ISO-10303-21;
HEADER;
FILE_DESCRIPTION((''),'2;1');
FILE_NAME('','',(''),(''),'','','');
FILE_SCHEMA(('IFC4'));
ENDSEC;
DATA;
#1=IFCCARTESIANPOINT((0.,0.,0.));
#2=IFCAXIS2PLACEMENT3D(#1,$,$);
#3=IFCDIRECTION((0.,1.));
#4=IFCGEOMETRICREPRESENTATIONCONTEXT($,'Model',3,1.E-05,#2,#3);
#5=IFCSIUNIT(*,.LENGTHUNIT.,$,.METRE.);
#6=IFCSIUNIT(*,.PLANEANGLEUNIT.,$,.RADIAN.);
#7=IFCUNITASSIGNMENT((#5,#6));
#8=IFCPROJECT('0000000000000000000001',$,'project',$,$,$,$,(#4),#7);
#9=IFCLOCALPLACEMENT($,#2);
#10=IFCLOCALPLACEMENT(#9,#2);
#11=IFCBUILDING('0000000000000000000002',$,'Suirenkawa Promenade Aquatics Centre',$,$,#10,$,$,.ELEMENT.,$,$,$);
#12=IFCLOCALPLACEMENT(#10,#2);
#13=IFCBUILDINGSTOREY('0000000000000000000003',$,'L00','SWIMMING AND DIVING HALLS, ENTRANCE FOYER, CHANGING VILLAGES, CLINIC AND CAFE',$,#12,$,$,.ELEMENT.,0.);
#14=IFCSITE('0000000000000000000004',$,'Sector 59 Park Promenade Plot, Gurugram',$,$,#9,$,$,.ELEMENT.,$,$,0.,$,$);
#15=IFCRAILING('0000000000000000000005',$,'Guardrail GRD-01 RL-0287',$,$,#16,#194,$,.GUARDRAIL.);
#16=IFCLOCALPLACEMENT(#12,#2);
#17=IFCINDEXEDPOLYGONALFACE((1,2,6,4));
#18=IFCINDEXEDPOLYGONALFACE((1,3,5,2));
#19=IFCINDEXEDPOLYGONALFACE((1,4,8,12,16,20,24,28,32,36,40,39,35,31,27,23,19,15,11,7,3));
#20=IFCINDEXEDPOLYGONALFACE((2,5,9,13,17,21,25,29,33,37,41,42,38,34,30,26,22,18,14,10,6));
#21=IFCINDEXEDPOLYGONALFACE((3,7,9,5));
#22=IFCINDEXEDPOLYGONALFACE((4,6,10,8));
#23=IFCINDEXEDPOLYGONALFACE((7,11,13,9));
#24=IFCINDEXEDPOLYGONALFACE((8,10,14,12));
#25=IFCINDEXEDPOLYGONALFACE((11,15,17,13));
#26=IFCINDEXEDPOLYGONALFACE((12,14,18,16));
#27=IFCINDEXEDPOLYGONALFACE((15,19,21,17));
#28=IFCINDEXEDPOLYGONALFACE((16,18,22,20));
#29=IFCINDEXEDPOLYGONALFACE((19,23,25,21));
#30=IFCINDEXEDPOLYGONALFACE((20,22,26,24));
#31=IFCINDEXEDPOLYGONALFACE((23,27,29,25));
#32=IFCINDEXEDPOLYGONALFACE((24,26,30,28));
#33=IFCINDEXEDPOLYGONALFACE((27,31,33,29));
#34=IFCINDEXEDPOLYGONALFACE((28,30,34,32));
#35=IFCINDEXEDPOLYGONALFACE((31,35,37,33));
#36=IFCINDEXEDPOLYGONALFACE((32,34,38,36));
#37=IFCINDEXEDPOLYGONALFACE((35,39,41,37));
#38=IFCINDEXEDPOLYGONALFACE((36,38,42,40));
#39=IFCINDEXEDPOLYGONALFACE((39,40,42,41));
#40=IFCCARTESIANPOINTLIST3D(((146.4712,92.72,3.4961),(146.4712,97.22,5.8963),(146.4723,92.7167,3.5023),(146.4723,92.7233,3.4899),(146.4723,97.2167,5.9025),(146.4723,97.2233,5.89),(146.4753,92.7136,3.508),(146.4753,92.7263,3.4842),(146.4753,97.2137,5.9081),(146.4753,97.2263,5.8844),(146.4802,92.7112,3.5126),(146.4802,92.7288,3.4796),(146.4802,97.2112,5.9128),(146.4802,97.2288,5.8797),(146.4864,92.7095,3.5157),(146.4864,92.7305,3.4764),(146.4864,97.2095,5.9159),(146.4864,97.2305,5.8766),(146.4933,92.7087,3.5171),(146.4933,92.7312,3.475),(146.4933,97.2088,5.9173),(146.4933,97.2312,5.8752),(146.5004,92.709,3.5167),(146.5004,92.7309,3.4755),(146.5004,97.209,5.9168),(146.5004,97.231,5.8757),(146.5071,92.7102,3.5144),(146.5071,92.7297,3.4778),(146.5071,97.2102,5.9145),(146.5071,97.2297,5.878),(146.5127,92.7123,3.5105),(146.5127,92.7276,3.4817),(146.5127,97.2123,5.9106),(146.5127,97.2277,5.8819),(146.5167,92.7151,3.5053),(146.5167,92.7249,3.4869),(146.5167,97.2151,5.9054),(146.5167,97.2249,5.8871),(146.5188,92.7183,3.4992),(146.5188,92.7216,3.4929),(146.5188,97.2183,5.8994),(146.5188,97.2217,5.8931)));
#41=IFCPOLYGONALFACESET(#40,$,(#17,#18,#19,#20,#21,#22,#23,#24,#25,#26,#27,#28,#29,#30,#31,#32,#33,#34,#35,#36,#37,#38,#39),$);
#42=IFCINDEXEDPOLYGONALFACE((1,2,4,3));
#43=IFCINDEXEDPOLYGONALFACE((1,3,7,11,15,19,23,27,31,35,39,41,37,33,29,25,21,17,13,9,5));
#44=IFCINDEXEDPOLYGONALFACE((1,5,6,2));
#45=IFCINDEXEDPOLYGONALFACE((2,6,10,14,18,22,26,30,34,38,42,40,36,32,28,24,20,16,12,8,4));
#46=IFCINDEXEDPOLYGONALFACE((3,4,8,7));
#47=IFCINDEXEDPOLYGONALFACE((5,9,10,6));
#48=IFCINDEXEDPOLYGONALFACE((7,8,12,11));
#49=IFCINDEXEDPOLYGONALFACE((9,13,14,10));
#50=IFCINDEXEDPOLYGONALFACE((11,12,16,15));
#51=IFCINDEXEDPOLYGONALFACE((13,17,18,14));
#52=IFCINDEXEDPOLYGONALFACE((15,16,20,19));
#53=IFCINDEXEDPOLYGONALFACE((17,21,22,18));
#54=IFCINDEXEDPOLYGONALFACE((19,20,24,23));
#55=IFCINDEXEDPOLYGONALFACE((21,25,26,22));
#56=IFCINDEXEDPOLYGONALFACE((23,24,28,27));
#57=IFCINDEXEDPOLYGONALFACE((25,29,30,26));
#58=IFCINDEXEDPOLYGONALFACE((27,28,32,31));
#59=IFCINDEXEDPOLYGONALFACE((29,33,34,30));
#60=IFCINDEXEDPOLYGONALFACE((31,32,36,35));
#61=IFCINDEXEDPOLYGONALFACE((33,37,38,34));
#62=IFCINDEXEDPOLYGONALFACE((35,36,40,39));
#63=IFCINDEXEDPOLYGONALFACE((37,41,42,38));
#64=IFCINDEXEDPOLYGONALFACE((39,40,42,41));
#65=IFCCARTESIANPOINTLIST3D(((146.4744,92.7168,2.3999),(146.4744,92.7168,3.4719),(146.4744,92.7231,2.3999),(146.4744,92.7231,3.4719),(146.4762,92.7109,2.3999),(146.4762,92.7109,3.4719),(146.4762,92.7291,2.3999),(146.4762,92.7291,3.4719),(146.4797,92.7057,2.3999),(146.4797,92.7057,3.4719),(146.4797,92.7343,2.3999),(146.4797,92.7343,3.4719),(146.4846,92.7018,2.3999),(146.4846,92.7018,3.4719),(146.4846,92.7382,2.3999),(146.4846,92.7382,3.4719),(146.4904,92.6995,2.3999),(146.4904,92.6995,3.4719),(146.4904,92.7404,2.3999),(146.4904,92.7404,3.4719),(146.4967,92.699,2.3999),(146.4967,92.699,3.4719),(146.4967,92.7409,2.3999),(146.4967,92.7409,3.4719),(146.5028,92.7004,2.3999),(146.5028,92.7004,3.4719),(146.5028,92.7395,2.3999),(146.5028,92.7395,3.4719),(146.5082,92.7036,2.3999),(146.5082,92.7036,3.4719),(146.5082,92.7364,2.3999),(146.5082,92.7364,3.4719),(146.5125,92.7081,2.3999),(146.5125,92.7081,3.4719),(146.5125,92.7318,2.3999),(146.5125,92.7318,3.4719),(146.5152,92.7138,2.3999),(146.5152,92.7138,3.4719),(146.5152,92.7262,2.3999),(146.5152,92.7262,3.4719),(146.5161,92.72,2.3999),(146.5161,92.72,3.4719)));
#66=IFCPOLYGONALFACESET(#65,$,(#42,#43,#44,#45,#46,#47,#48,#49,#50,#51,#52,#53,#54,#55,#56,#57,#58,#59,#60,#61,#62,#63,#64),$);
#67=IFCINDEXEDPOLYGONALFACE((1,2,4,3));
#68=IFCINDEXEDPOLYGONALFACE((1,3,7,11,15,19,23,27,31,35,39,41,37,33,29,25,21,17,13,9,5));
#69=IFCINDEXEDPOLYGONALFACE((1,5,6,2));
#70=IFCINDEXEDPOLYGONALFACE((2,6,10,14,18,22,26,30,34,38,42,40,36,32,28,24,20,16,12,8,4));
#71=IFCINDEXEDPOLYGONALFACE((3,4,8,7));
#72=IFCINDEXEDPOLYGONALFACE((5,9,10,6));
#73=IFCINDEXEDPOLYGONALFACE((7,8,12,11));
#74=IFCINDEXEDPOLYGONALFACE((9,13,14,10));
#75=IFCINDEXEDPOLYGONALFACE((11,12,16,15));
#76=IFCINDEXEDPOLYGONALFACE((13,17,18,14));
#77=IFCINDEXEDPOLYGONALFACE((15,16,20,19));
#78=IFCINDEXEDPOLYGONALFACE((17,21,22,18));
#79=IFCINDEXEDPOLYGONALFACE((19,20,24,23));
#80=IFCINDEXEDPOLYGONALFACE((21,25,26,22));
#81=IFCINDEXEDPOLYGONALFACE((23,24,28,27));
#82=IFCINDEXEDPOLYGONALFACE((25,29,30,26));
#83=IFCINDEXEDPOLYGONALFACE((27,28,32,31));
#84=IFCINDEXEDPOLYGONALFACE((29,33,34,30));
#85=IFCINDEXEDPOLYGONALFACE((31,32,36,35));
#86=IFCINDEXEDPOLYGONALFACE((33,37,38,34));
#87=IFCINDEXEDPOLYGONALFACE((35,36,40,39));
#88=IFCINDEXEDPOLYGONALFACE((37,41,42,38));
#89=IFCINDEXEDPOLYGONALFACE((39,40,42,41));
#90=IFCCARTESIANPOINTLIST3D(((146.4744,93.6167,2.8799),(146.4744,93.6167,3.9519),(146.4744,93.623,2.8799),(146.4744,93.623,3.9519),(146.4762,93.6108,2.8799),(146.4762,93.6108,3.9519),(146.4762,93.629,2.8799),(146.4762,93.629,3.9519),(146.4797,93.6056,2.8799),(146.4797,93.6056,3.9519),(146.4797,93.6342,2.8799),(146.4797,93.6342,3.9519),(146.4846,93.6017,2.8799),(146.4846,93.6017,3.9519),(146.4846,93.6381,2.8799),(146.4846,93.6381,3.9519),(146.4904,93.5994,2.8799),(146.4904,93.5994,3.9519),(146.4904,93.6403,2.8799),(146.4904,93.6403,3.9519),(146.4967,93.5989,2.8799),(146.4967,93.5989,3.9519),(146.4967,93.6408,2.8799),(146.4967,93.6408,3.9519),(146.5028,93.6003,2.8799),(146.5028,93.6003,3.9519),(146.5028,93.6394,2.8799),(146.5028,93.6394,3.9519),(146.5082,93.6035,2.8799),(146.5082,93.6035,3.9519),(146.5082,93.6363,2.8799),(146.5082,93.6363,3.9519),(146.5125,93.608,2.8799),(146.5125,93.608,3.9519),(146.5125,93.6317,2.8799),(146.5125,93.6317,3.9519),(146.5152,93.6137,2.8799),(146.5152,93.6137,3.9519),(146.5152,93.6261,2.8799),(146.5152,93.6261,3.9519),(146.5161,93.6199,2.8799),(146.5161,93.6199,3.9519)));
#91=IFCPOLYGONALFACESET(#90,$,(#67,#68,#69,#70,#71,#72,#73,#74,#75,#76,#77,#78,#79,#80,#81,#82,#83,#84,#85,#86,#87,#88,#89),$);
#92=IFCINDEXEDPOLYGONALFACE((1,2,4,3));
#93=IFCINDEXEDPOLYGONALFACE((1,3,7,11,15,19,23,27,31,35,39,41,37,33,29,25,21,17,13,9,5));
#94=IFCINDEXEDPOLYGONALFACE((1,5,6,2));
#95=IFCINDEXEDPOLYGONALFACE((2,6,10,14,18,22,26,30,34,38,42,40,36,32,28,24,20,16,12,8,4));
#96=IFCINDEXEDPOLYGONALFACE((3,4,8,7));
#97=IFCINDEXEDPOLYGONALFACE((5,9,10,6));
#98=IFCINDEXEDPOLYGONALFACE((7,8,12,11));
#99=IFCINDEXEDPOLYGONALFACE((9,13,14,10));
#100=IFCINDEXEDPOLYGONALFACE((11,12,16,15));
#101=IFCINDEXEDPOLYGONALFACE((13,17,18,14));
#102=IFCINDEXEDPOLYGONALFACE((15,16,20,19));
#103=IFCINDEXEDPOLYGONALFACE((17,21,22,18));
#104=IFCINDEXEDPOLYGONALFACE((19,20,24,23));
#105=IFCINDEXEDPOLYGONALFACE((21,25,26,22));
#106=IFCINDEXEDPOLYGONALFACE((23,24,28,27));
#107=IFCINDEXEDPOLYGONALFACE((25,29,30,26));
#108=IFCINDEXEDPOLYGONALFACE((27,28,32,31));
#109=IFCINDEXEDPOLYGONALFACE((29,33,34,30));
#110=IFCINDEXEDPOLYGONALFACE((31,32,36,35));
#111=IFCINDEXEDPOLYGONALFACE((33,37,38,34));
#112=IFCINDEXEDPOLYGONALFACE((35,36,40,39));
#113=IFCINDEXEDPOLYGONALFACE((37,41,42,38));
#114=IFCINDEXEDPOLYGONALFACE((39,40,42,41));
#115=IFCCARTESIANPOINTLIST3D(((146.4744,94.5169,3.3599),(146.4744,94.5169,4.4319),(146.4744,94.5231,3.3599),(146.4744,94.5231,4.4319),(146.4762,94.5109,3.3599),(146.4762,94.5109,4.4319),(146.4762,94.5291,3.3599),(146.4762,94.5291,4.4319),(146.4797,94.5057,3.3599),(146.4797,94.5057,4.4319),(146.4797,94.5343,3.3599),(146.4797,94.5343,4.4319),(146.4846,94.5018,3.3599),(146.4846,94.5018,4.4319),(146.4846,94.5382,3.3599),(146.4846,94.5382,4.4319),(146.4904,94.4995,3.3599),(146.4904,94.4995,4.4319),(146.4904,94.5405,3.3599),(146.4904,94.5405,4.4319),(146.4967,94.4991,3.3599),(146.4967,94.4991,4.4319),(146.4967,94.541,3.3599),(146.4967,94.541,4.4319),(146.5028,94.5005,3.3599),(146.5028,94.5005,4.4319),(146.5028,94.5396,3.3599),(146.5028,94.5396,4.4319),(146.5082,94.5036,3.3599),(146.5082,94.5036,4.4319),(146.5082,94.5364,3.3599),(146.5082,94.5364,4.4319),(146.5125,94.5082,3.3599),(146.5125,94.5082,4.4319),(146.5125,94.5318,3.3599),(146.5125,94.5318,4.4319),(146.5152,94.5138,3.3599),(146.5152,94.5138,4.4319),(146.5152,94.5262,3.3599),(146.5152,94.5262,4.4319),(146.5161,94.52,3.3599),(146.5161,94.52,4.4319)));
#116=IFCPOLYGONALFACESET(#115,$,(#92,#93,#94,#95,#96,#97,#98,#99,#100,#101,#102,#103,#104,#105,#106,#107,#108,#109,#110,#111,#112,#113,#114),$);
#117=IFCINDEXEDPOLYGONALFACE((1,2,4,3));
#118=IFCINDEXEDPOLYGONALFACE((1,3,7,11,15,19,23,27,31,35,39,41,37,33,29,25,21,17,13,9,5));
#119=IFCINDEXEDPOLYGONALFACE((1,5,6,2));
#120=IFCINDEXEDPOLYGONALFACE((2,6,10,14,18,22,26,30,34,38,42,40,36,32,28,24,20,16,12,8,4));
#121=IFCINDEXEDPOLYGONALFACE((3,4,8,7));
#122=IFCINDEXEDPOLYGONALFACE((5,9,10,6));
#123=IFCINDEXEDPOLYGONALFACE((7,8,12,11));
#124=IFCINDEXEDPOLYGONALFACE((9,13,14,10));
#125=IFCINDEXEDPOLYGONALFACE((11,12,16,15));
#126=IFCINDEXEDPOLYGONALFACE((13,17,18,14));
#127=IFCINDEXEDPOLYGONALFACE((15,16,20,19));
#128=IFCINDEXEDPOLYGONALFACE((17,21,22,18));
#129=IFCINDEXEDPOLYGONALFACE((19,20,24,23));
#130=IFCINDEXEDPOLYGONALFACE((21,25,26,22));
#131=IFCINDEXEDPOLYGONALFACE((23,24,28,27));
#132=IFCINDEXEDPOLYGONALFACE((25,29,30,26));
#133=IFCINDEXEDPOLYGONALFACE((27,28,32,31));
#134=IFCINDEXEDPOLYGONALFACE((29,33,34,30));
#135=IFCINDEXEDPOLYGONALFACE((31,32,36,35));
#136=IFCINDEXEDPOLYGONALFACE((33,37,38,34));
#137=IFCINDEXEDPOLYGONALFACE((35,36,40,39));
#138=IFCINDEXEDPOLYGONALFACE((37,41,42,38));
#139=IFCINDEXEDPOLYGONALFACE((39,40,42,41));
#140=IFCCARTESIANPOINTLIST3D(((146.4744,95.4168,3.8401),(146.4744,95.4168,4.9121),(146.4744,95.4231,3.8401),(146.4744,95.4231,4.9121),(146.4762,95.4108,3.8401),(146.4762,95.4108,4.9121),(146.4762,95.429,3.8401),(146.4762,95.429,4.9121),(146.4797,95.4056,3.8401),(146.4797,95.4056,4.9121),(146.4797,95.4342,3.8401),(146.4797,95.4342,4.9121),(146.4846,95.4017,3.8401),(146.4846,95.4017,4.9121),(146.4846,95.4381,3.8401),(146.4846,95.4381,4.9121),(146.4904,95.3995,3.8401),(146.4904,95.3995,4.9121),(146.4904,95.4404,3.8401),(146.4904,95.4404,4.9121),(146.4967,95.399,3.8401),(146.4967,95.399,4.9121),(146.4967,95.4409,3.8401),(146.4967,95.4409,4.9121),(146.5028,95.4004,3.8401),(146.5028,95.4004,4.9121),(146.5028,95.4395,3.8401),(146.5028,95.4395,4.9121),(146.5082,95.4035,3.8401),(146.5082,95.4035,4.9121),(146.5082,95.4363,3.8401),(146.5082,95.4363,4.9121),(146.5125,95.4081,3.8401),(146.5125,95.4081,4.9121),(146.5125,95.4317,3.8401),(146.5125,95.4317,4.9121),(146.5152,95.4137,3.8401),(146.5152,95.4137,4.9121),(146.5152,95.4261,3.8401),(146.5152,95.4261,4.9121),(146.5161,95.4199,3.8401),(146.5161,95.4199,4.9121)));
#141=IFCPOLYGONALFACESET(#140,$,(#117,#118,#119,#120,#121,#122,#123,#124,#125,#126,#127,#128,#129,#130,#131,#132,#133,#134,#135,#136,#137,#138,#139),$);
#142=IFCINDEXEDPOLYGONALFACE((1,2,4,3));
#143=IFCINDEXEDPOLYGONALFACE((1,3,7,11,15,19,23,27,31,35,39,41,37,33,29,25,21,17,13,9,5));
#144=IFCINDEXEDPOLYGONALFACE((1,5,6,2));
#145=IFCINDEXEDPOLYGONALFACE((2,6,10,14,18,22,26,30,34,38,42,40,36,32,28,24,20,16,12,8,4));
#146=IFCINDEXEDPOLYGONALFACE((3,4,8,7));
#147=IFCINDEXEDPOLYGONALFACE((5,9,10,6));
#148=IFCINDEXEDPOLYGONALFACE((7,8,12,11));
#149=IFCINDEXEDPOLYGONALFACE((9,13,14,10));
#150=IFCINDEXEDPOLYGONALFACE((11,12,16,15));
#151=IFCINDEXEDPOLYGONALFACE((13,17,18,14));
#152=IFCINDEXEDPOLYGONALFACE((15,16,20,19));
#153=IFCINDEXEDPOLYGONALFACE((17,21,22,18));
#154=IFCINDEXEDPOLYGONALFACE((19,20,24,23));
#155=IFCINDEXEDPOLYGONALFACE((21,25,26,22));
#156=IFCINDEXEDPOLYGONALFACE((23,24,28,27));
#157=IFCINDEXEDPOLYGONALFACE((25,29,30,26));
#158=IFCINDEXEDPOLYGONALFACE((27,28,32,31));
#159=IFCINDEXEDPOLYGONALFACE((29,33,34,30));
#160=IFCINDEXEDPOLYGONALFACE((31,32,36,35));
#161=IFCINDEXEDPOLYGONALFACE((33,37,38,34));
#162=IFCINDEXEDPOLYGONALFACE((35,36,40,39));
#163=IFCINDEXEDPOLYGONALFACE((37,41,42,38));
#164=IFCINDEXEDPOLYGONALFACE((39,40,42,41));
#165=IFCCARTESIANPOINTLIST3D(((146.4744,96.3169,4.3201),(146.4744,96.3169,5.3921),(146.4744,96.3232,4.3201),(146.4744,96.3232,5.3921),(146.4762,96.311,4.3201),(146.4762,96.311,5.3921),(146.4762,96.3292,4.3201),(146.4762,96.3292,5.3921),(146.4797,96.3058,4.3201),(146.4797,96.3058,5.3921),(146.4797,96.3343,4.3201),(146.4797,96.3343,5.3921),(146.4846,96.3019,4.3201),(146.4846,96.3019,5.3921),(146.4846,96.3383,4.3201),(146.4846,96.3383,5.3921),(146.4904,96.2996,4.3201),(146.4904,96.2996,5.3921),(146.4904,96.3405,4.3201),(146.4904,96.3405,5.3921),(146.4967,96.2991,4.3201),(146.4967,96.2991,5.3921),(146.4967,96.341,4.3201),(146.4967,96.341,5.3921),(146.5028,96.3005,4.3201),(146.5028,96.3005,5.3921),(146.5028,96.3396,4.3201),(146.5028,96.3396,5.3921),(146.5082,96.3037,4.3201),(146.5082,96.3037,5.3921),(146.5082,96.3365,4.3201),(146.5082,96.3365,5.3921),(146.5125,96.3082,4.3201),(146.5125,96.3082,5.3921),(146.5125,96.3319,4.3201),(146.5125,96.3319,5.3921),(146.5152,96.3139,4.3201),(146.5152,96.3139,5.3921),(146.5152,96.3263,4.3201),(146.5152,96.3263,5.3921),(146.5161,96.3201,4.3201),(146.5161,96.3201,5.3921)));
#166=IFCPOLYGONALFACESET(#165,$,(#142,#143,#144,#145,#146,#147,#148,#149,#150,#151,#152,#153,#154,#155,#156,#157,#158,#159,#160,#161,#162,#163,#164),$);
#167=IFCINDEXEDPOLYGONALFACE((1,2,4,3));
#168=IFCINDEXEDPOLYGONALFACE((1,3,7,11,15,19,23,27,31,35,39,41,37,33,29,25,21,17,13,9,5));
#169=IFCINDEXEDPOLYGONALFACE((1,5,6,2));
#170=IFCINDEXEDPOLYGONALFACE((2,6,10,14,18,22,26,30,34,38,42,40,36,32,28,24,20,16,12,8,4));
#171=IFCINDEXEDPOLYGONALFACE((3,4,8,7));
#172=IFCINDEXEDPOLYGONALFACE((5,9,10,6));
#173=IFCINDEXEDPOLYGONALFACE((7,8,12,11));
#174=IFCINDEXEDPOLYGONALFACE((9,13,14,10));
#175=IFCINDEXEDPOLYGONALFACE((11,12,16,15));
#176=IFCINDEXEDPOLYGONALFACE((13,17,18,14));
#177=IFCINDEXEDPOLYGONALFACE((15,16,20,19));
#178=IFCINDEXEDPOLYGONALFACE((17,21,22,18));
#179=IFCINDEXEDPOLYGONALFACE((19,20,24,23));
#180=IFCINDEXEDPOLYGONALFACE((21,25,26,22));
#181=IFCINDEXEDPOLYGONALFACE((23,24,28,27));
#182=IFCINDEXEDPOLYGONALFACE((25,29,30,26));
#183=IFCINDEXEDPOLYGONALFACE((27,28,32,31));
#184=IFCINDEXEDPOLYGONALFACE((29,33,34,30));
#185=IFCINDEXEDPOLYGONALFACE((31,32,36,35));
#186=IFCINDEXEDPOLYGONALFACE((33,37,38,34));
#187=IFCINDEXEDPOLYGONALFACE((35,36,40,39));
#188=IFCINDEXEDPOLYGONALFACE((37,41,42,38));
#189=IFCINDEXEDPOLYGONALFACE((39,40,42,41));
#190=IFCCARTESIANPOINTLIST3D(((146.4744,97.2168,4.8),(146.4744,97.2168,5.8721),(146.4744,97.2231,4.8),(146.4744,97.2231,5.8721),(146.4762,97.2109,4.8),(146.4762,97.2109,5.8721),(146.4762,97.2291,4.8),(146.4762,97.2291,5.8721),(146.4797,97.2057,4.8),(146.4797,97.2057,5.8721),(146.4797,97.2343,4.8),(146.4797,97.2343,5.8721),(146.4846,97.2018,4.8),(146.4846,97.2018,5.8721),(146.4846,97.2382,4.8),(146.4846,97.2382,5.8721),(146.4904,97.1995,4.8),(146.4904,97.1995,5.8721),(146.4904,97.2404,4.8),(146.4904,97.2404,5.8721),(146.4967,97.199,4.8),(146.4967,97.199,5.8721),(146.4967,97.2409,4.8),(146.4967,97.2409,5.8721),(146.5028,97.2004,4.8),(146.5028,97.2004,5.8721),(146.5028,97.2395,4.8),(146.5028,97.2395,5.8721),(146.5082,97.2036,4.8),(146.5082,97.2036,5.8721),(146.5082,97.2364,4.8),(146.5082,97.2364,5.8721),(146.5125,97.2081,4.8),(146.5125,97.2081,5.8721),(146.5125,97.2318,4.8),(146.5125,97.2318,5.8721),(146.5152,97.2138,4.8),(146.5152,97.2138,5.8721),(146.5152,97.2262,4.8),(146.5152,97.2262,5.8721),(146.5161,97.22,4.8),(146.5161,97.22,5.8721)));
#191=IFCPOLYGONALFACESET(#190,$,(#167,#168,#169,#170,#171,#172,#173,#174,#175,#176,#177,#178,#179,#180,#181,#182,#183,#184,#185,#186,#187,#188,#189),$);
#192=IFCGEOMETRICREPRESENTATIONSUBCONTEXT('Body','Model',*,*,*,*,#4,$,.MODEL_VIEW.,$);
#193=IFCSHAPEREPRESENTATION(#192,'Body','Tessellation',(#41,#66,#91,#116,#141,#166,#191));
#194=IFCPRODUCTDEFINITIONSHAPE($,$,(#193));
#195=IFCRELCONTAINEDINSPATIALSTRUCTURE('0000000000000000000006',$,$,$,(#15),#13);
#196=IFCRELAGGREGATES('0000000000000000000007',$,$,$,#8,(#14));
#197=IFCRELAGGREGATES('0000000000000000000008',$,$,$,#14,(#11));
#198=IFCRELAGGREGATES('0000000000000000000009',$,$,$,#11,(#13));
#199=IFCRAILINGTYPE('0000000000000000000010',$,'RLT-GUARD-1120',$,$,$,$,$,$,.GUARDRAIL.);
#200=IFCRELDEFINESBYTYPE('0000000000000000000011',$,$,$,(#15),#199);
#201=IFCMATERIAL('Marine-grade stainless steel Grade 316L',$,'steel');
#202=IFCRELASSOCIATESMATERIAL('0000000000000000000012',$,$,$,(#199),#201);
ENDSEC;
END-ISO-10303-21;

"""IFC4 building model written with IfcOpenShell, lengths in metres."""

from ifc_helpers import new_model, si_unit, direction, frame, origin, origin_2d, place, context, subcontext, project, spatial, circle, extrude, material, type_object, element, save


model = new_model("IFC4")

# Units and contexts
model_context = context("Model", 3, precision=1e-05, world=origin(), true_north=direction((0.0, 1.0)))
body_context = subcontext(model_context, "Body", "Model", "MODEL_VIEW")
ifc_project = project(units=[si_unit("LENGTHUNIT", "METRE"), si_unit("PLANEANGLEUNIT", "RADIAN")], contexts=[model_context])

# Site, building, storey
site_placement = place(None, origin())
site = spatial("IfcSite", under=ifc_project, at=site_placement, Name="Sector 59 Park Promenade Plot, Gurugram", CompositionType="ELEMENT", RefElevation=0.0)
building_placement = place(site_placement, origin())
building = spatial("IfcBuilding", under=site, at=building_placement, Name="Suirenkawa Promenade Aquatics Centre", CompositionType="ELEMENT")
storey_placement = place(building_placement, origin())
storey = spatial("IfcBuildingStorey", under=building, at=storey_placement, Name="L00", Description="SWIMMING AND DIVING HALLS, ENTRANCE FOYER, CHANGING VILLAGES, CLINIC AND CAFE", CompositionType="ELEMENT", Elevation=0.0)

# Railing
ifc_material_1 = material(Name="Marine-grade stainless steel Grade 316L", Category="steel")
railing_type_1 = type_object("IfcRailingType", Name="RLT-GUARD-1120", PredefinedType="GUARDRAIL", material=ifc_material_1)
for number, where, name in (
    (1, (146.4951, 92.72, 2.3999), "Guardrail GRD-01 RL-0287"),
):
    element("IfcRailing", number, at=place(storey_placement, frame(where)), inside=storey, type_object=railing_type_1, Name=name, PredefinedType="GUARDRAIL", context=body_context, shape_type="SweptSolid", body=[
        extrude(circle(Radius=0.0239, at=origin_2d()), frame((0.0, 0.0, 1.0962), z_axis=(0.0, 0.882341, 0.470611), x_axis=(-1.0, 0.0, 0.0)), (0.0, 0.0, 1.0), 5.1001),
        extrude(circle(Radius=0.021, at=origin_2d()), origin(), (0.0, 0.0, 1.0), 1.072),
        extrude(circle(Radius=0.021, at=origin_2d()), frame((0.0, 0.8999, 0.48)), (0.0, 0.0, 1.0), 1.072),
        extrude(circle(Radius=0.021, at=origin_2d()), frame((0.0, 1.8, 0.96)), (0.0, 0.0, 1.0), 1.072),
        extrude(circle(Radius=0.021, at=origin_2d()), frame((0.0, 2.7, 1.4402)), (0.0, 0.0, 1.0), 1.072),
        extrude(circle(Radius=0.021, at=origin_2d()), frame((0.0, 3.6001, 1.9202)), (0.0, 0.0, 1.0), 1.072),
        extrude(circle(Radius=0.021, at=origin_2d()), frame((0.0, 4.5, 2.4001)), (0.0, 0.0, 1.0), 1.072),
    ])

save(model, "model.ifc")
